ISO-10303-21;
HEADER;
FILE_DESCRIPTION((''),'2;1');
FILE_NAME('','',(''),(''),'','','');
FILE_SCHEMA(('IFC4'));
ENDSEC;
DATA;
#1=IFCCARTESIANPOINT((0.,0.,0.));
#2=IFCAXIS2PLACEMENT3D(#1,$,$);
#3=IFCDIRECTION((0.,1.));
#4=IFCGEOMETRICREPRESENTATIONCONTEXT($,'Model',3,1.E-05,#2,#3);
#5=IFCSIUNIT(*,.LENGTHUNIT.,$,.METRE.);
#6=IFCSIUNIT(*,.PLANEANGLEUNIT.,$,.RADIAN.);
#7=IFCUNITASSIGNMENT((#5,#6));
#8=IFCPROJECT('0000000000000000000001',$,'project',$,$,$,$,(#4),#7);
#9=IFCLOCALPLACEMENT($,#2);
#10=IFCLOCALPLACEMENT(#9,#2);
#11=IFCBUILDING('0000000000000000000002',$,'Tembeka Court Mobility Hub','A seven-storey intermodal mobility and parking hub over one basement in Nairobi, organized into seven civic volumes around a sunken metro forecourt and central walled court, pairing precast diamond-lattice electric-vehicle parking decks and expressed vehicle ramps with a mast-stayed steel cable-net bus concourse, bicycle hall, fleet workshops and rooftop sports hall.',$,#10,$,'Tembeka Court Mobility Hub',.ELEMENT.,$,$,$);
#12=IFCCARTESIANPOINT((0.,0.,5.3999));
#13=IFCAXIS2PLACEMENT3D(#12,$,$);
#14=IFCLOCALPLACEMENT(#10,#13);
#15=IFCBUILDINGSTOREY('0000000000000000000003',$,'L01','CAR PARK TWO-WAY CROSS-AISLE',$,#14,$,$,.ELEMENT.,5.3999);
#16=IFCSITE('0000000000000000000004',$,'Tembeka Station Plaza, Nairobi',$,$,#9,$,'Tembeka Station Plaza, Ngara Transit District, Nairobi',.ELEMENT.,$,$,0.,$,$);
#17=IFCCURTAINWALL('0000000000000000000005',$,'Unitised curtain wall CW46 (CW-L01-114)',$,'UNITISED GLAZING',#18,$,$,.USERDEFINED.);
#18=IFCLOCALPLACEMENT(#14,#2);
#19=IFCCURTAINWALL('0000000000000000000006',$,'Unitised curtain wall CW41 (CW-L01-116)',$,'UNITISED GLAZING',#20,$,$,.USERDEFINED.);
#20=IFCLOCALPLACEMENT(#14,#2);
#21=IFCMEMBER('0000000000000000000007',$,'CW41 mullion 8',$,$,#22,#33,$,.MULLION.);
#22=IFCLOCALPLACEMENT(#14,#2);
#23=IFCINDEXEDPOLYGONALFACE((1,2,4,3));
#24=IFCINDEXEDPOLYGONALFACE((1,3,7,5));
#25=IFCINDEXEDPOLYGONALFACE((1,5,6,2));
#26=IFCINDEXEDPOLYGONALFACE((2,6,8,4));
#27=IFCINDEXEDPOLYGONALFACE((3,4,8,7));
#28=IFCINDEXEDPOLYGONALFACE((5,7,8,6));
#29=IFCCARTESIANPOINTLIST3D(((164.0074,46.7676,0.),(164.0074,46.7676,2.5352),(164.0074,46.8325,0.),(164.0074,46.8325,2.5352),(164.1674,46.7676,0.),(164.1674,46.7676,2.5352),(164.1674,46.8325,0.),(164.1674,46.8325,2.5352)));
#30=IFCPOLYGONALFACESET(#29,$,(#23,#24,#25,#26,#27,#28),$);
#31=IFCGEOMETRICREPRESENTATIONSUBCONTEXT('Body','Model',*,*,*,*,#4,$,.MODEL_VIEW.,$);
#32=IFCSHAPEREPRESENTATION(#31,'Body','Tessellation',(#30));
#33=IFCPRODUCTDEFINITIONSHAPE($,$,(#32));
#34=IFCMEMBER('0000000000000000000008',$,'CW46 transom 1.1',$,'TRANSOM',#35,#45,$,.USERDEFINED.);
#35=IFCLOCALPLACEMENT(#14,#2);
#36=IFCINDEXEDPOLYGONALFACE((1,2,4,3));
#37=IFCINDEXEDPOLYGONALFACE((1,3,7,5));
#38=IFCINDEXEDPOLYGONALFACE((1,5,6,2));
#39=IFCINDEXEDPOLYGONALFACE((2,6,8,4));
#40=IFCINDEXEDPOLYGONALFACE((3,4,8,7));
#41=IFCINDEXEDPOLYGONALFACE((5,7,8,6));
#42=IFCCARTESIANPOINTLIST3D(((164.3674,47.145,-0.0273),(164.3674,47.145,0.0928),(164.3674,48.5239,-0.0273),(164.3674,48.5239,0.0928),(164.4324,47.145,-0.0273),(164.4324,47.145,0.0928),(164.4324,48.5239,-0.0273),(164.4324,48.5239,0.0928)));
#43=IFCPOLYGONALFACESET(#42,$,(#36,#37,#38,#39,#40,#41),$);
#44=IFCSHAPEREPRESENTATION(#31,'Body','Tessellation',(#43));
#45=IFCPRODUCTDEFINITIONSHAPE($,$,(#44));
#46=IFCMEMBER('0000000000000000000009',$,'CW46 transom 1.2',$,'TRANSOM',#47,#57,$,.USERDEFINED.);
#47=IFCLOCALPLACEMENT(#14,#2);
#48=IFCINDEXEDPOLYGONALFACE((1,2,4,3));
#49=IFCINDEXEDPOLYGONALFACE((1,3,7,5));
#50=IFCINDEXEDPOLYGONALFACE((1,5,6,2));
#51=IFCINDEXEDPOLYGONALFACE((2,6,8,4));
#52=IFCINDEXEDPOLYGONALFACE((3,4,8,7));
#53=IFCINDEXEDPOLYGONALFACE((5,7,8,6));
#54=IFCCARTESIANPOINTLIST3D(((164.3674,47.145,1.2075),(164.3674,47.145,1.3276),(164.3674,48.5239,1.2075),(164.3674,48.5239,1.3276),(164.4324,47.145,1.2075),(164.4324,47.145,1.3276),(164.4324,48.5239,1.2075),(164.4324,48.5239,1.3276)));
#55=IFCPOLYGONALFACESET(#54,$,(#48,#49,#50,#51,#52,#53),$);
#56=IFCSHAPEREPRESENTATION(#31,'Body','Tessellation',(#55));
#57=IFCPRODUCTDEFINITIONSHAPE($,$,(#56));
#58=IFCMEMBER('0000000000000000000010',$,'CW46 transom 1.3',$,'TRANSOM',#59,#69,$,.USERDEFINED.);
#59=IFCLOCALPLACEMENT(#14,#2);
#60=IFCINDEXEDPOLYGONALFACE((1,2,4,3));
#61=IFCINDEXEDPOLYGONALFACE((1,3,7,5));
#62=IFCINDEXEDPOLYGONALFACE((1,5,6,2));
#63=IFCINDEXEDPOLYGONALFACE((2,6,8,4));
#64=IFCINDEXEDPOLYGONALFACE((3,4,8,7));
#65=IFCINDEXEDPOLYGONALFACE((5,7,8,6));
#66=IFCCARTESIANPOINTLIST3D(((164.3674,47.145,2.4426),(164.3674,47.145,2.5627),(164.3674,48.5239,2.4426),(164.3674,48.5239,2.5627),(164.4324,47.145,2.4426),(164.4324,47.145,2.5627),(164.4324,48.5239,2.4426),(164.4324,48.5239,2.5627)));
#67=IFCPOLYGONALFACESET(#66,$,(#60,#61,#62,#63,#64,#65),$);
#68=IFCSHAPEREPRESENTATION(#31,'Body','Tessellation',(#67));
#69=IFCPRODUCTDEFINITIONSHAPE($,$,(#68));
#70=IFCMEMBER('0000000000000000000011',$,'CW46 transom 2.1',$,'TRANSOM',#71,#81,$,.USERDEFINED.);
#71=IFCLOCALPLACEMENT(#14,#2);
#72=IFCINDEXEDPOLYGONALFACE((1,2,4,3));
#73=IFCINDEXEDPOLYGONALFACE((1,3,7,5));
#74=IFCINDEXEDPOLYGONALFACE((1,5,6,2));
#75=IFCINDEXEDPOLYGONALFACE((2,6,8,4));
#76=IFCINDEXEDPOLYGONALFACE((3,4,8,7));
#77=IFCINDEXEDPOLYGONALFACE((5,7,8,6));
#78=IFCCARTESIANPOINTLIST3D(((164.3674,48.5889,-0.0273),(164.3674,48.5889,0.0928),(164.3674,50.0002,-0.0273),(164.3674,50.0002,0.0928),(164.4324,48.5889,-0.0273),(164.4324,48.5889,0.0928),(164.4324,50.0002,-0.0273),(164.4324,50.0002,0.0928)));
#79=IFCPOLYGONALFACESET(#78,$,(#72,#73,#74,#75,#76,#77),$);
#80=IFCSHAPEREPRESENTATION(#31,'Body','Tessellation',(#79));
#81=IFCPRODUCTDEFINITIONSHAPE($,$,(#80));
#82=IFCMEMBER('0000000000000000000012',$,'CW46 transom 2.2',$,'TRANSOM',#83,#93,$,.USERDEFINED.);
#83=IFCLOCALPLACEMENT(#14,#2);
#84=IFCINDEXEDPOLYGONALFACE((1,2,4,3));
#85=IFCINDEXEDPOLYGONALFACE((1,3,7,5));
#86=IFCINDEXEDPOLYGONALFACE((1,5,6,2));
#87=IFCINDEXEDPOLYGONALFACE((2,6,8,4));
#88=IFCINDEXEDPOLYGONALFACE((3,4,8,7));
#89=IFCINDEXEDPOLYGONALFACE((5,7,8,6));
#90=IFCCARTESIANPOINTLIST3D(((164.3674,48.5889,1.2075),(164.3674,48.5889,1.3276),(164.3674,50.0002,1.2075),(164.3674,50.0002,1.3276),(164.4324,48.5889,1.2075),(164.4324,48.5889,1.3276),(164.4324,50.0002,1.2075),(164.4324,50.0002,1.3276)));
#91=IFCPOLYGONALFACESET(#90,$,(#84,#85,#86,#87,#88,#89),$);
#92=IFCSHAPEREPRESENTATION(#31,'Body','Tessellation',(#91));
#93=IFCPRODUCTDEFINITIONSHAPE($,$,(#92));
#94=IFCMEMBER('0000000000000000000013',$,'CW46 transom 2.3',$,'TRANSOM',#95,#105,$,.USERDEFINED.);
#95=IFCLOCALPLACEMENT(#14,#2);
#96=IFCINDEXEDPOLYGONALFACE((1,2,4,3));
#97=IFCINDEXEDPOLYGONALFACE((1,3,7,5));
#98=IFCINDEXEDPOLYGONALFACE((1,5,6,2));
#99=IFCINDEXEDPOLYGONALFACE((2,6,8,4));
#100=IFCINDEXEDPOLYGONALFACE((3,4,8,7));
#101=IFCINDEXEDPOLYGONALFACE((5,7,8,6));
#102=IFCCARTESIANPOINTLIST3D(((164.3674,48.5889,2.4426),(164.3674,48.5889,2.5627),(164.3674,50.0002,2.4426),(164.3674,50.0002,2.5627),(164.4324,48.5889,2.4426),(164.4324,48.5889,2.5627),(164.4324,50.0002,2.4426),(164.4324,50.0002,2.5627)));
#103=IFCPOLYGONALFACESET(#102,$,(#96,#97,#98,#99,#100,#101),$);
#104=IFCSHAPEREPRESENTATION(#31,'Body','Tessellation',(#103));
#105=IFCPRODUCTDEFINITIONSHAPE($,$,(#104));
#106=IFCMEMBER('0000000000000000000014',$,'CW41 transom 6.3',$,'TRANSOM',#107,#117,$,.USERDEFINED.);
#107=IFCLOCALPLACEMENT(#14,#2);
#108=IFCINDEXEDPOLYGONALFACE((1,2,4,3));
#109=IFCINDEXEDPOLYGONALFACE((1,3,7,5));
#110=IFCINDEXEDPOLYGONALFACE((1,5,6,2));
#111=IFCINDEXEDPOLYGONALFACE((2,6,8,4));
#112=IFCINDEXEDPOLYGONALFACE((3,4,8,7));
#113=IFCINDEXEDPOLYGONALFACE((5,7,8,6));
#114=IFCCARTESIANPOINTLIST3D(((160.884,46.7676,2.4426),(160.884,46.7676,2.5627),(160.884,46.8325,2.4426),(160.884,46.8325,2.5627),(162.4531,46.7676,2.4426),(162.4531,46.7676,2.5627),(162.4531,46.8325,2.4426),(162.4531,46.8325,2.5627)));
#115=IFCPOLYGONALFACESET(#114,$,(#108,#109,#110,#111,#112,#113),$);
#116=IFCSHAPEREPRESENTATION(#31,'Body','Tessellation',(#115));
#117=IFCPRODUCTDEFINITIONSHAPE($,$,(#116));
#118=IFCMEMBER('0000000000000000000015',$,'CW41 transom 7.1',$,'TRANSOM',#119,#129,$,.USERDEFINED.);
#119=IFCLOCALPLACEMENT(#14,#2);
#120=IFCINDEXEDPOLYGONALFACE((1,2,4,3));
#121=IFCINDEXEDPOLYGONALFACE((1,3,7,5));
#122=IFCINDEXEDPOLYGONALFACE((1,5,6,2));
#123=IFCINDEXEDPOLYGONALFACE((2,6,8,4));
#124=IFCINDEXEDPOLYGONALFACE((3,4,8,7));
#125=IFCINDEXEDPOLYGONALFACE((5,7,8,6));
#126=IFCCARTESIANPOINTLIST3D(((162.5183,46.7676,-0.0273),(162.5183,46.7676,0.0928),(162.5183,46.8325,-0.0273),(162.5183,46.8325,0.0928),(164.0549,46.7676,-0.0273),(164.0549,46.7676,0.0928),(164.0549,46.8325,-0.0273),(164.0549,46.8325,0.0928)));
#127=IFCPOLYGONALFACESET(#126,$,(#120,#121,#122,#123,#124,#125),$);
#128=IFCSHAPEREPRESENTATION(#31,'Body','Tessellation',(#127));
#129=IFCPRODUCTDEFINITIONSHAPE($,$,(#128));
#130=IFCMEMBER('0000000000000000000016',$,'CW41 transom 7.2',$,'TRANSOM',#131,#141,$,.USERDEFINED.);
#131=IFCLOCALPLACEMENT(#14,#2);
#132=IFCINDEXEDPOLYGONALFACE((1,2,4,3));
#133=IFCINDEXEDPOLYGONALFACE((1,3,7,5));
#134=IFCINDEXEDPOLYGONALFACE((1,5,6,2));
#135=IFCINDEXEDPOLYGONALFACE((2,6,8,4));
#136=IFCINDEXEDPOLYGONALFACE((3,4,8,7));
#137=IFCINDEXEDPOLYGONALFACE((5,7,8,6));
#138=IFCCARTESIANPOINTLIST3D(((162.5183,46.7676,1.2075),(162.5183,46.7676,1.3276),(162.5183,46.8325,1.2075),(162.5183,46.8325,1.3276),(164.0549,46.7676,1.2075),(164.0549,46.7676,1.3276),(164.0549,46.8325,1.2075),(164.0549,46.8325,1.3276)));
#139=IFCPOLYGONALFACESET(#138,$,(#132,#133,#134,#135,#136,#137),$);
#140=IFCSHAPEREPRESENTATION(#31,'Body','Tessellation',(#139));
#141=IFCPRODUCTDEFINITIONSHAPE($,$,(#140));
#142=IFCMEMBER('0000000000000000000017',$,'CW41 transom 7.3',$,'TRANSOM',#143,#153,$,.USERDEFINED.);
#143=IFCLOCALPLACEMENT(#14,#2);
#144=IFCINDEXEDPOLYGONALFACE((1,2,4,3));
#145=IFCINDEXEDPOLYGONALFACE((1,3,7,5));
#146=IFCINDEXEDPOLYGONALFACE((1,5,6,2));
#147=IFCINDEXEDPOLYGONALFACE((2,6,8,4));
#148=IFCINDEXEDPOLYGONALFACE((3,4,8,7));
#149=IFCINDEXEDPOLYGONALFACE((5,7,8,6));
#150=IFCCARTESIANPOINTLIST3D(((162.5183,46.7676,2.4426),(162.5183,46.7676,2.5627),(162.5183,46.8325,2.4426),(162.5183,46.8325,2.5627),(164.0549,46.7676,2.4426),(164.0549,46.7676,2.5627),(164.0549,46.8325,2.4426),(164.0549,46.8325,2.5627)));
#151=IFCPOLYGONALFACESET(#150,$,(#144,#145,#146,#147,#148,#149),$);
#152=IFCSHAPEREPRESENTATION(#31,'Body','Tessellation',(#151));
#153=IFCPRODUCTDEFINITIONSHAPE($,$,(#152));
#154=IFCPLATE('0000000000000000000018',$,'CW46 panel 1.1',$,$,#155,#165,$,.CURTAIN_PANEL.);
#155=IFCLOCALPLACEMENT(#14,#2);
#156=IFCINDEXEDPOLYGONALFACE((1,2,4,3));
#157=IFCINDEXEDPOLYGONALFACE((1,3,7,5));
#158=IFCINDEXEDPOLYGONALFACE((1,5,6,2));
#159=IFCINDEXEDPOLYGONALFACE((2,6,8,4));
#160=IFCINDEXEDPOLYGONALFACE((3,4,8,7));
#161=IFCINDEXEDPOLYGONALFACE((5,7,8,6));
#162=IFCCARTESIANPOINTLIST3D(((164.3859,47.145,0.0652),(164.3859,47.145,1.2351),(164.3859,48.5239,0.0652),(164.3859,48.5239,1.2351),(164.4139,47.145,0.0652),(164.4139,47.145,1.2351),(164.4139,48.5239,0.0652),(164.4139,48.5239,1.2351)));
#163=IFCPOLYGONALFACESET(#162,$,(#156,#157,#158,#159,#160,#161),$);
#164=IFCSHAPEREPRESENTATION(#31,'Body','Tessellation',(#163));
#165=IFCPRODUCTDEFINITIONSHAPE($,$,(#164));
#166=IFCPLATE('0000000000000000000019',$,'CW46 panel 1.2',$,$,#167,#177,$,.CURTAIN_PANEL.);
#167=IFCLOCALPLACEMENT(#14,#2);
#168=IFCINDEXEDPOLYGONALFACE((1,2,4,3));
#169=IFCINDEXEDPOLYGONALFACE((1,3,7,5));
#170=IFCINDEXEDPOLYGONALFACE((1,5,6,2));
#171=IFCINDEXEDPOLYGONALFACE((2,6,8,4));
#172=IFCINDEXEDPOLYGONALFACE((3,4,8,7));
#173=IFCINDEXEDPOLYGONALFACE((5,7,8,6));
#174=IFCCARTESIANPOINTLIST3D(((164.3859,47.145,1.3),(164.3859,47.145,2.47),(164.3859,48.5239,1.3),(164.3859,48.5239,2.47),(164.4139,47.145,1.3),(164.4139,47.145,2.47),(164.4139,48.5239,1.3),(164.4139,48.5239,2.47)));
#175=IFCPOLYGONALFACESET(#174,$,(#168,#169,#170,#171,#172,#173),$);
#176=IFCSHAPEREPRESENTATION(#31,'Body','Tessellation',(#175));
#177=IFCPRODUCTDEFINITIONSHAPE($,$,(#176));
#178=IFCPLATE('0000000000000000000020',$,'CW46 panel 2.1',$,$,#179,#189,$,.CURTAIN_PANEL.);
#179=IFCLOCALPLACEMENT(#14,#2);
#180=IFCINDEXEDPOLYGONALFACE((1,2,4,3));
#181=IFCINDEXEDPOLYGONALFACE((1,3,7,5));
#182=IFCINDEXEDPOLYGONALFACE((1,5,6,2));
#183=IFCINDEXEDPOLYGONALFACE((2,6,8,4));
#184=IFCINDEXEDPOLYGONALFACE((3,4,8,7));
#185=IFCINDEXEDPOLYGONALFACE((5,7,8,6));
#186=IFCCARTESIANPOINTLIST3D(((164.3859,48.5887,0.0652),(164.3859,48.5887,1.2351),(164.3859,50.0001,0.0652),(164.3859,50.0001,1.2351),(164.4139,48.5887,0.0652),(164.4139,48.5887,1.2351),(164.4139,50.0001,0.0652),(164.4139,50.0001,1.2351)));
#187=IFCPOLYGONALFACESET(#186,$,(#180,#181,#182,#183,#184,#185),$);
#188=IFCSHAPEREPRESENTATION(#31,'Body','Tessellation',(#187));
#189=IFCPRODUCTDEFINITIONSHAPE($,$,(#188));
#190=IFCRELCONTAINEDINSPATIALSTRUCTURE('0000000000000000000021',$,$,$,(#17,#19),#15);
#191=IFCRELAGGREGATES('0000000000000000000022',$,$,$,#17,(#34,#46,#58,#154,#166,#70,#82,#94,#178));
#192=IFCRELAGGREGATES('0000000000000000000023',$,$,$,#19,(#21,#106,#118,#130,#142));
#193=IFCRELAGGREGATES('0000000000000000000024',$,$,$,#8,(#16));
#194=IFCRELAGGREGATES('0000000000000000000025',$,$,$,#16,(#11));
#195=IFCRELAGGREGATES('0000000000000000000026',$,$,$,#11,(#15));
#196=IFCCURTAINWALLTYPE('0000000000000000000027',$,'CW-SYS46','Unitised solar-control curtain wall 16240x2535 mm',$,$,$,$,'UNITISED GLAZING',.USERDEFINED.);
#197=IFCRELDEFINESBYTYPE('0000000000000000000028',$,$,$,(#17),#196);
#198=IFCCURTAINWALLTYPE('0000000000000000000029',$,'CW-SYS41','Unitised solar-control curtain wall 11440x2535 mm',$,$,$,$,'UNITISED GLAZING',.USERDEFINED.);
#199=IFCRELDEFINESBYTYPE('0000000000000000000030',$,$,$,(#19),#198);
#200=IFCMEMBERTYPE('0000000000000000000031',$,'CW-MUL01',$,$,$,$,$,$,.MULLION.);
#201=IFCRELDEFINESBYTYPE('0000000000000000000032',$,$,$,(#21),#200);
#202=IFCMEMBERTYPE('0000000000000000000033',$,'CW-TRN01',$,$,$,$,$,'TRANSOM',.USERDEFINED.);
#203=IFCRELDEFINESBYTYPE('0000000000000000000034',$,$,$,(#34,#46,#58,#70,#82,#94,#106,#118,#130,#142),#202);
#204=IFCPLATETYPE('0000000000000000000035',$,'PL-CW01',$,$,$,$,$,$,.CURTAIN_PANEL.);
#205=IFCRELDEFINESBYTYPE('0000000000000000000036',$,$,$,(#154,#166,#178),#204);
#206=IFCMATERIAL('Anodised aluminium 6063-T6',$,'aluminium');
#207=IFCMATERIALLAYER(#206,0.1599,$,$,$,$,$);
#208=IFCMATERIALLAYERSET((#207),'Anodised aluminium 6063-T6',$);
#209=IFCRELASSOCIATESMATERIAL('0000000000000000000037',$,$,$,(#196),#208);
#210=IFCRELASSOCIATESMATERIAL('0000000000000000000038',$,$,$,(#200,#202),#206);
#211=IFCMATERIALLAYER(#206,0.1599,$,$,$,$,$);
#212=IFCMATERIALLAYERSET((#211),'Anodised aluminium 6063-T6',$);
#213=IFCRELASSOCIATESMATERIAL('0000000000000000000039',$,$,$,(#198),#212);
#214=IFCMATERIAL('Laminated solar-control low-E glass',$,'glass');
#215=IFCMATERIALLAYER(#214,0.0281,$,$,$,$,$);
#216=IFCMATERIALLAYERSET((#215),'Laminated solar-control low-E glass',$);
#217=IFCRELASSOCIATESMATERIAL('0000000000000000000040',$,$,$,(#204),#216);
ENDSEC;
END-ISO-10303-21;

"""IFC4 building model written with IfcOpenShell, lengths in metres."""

from ifc_helpers import new_model, si_unit, direction, frame, origin, origin_2d, place, context, subcontext, project, spatial, rectangle, extrude, material, layer, layer_set, material_profile, profile_set, type_object, element, aggregate, save


model = new_model("IFC4")

# Units and contexts
model_context = context("Model", 3, precision=1e-05, world=origin(), true_north=direction((0.0, 1.0)))
body_context = subcontext(model_context, "Body", "Model", "MODEL_VIEW")
ifc_project = project(units=[si_unit("LENGTHUNIT", "METRE"), si_unit("PLANEANGLEUNIT", "RADIAN")], contexts=[model_context])

# Site, building, storey
site_placement = place(None, origin())
site = spatial("IfcSite", under=ifc_project, at=site_placement, Name="Tembeka Station Plaza, Nairobi", LongName="Tembeka Station Plaza, Ngara Transit District, Nairobi", CompositionType="ELEMENT", RefElevation=0.0)
building_placement = place(site_placement, origin())
building = spatial("IfcBuilding", under=site, at=building_placement, Name="Tembeka Court Mobility Hub", Description="A seven-storey intermodal mobility and parking hub over one basement in Nairobi, organized into seven civic volumes around a sunken metro forecourt and central walled court, pairing precast diamond-lattice electric-vehicle parking decks and expressed vehicle ramps with a mast-stayed steel cable-net bus concourse, bicycle hall, fleet workshops and rooftop sports hall.", LongName="Tembeka Court Mobility Hub", CompositionType="ELEMENT")
storey_placement = place(building_placement, frame((0.0, 0.0, 5.3999)))
storey = spatial("IfcBuildingStorey", under=building, at=storey_placement, Name="L01", Description="CAR PARK TWO-WAY CROSS-AISLE", CompositionType="ELEMENT", Elevation=5.3999)

# Curtain walls, member
ifc_material_1 = material(Name="Anodised aluminium 6063-T6", Category="aluminium")
ifc_layer_1 = layer(ifc_material_1, 0.1599)
ifc_layer_set_1 = layer_set([ifc_layer_1], Name="Anodised aluminium 6063-T6")
curtain_wall_type_1 = type_object("IfcCurtainWallType", Name="CW-SYS46", Description="Unitised solar-control curtain wall 16240x2535 mm", ElementType="UNITISED GLAZING", PredefinedType="USERDEFINED", material=ifc_layer_set_1)
curtain_wall_1_placement = place(storey_placement, origin())
curtain_wall_1 = element("IfcCurtainWall", 1, at=curtain_wall_1_placement, inside=storey, type_object=curtain_wall_type_1, Name="Unitised curtain wall CW46 (CW-L01-114)", ObjectType="UNITISED GLAZING", PredefinedType="USERDEFINED")
ifc_material_profile_1 = material_profile(ifc_material_1, rectangle(XDim=0.0649, YDim=0.1599, at=origin_2d()), Name="ALU-MUL 65x160")
ifc_profile_set_1 = profile_set([ifc_material_profile_1], Name="Anodised aluminium 6063-T6")
member_type_1 = type_object("IfcMemberType", Name="CW-MUL01", PredefinedType="MULLION", material=ifc_profile_set_1)
ifc_layer_2 = layer(ifc_material_1, 0.1599)
ifc_layer_set_2 = layer_set([ifc_layer_2], Name="Anodised aluminium 6063-T6")
curtain_wall_type_2 = type_object("IfcCurtainWallType", Name="CW-SYS41", Description="Unitised solar-control curtain wall 11440x2535 mm", ElementType="UNITISED GLAZING", PredefinedType="USERDEFINED", material=ifc_layer_set_2)
curtain_wall_2_placement = place(storey_placement, origin())
curtain_wall_2 = element("IfcCurtainWall", 2, at=curtain_wall_2_placement, inside=storey, type_object=curtain_wall_type_2, Name="Unitised curtain wall CW41 (CW-L01-116)", ObjectType="UNITISED GLAZING", PredefinedType="USERDEFINED")
member_1_placement = place(storey_placement, frame((164.0874, 46.8, 0.0), z_axis=(0.0, 0.0, 1.0), x_axis=(0.0, 1.0, 0.0)))
member_1 = element("IfcMember", 3, at=member_1_placement, type_object=member_type_1, Name="CW41 mullion 8", PredefinedType="MULLION", context=body_context, shape_type="SweptSolid", body=[
    extrude(rectangle(XDim=0.0649, YDim=0.1599, at=origin_2d()), origin(), (0.0, 0.0, 1.0), 2.5352),
])

# Members
ifc_material_profile_2 = material_profile(ifc_material_1, rectangle(XDim=0.0649, YDim=0.1201, at=origin_2d()), Name="ALU-TRN 65x120")
ifc_profile_set_2 = profile_set([ifc_material_profile_2], Name="Anodised aluminium 6063-T6")
member_type_2 = type_object("IfcMemberType", Name="CW-TRN01", ElementType="TRANSOM", PredefinedType="USERDEFINED", material=ifc_profile_set_2)
member_2_placement = place(storey_placement, frame((164.3999, 47.145, 0.0327), z_axis=(0.0, 1.0, 0.0), x_axis=(-1.0, 0.0, 0.0)))
member_2 = element("IfcMember", 4, at=member_2_placement, type_object=member_type_2, Name="CW46 transom 1.1", ObjectType="TRANSOM", PredefinedType="USERDEFINED", context=body_context, shape_type="SweptSolid", body=[
    extrude(rectangle(XDim=0.0649, YDim=0.1201, at=origin_2d()), origin(), (0.0, 0.0, 1.0), 1.3789),
])
member_3_placement = place(storey_placement, frame((164.3999, 47.145, 1.2676), z_axis=(0.0, 1.0, 0.0), x_axis=(-1.0, 0.0, 0.0)))
member_3 = element("IfcMember", 5, at=member_3_placement, type_object=member_type_2, Name="CW46 transom 1.2", ObjectType="TRANSOM", PredefinedType="USERDEFINED", context=body_context, shape_type="SweptSolid", body=[
    extrude(rectangle(XDim=0.0649, YDim=0.1201, at=origin_2d()), origin(), (0.0, 0.0, 1.0), 1.3789),
])
member_4_placement = place(storey_placement, frame((164.3999, 47.145, 2.5027), z_axis=(0.0, 1.0, 0.0), x_axis=(-1.0, 0.0, 0.0)))
member_4 = element("IfcMember", 6, at=member_4_placement, type_object=member_type_2, Name="CW46 transom 1.3", ObjectType="TRANSOM", PredefinedType="USERDEFINED", context=body_context, shape_type="SweptSolid", body=[
    extrude(rectangle(XDim=0.0649, YDim=0.1201, at=origin_2d()), origin(), (0.0, 0.0, 1.0), 1.3789),
])
member_5_placement = place(storey_placement, frame((164.3999, 48.5889, 0.0327), z_axis=(0.0, 1.0, 0.0), x_axis=(-1.0, 0.0, 0.0)))
member_5 = element("IfcMember", 7, at=member_5_placement, type_object=member_type_2, Name="CW46 transom 2.1", ObjectType="TRANSOM", PredefinedType="USERDEFINED", context=body_context, shape_type="SweptSolid", body=[
    extrude(rectangle(XDim=0.0649, YDim=0.1201, at=origin_2d()), origin(), (0.0, 0.0, 1.0), 1.4114),
])
member_6_placement = place(storey_placement, frame((164.3999, 48.5889, 1.2676), z_axis=(0.0, 1.0, 0.0), x_axis=(-1.0, 0.0, 0.0)))
member_6 = element("IfcMember", 8, at=member_6_placement, type_object=member_type_2, Name="CW46 transom 2.2", ObjectType="TRANSOM", PredefinedType="USERDEFINED", context=body_context, shape_type="SweptSolid", body=[
    extrude(rectangle(XDim=0.0649, YDim=0.1201, at=origin_2d()), origin(), (0.0, 0.0, 1.0), 1.4114),
])
member_7_placement = place(storey_placement, frame((164.3999, 48.5889, 2.5027), z_axis=(0.0, 1.0, 0.0), x_axis=(-1.0, 0.0, 0.0)))
member_7 = element("IfcMember", 9, at=member_7_placement, type_object=member_type_2, Name="CW46 transom 2.3", ObjectType="TRANSOM", PredefinedType="USERDEFINED", context=body_context, shape_type="SweptSolid", body=[
    extrude(rectangle(XDim=0.0649, YDim=0.1201, at=origin_2d()), origin(), (0.0, 0.0, 1.0), 1.4114),
])
member_8_placement = place(storey_placement, frame((160.884, 46.8, 2.5027), z_axis=(1.0, 0.0, 0.0), x_axis=(0.0, 1.0, 0.0)))
member_8 = element("IfcMember", 10, at=member_8_placement, type_object=member_type_2, Name="CW41 transom 6.3", ObjectType="TRANSOM", PredefinedType="USERDEFINED", context=body_context, shape_type="SweptSolid", body=[
    extrude(rectangle(XDim=0.0649, YDim=0.1201, at=origin_2d()), origin(), (0.0, 0.0, 1.0), 1.5691),
])
member_9_placement = place(storey_placement, frame((162.5183, 46.8, 0.0327), z_axis=(1.0, 0.0, 0.0), x_axis=(0.0, 1.0, 0.0)))
member_9 = element("IfcMember", 11, at=member_9_placement, type_object=member_type_2, Name="CW41 transom 7.1", ObjectType="TRANSOM", PredefinedType="USERDEFINED", context=body_context, shape_type="SweptSolid", body=[
    extrude(rectangle(XDim=0.0649, YDim=0.1201, at=origin_2d()), origin(), (0.0, 0.0, 1.0), 1.5366),
])
member_10_placement = place(storey_placement, frame((162.5183, 46.8, 1.2676), z_axis=(1.0, 0.0, 0.0), x_axis=(0.0, 1.0, 0.0)))
member_10 = element("IfcMember", 12, at=member_10_placement, type_object=member_type_2, Name="CW41 transom 7.2", ObjectType="TRANSOM", PredefinedType="USERDEFINED", context=body_context, shape_type="SweptSolid", body=[
    extrude(rectangle(XDim=0.0649, YDim=0.1201, at=origin_2d()), origin(), (0.0, 0.0, 1.0), 1.5366),
])
member_11_placement = place(storey_placement, frame((162.5183, 46.8, 2.5027), z_axis=(1.0, 0.0, 0.0), x_axis=(0.0, 1.0, 0.0)))
member_11 = element("IfcMember", 13, at=member_11_placement, type_object=member_type_2, Name="CW41 transom 7.3", ObjectType="TRANSOM", PredefinedType="USERDEFINED", context=body_context, shape_type="SweptSolid", body=[
    extrude(rectangle(XDim=0.0649, YDim=0.1201, at=origin_2d()), origin(), (0.0, 0.0, 1.0), 1.5366),
])

# Plates
ifc_material_2 = material(Name="Laminated solar-control low-E glass", Category="glass")
ifc_layer_3 = layer(ifc_material_2, 0.0281)
ifc_layer_set_3 = layer_set([ifc_layer_3], Name="Laminated solar-control low-E glass")
plate_type_1 = type_object("IfcPlateType", Name="PL-CW01", PredefinedType="CURTAIN_PANEL", material=ifc_layer_set_3)
plate_1_placement = place(storey_placement, frame((164.3999, 47.8345, 0.0652), z_axis=(0.0, 0.0, 1.0), x_axis=(0.0, 1.0, 0.0)))
plate_1 = element("IfcPlate", 14, at=plate_1_placement, type_object=plate_type_1, Name="CW46 panel 1.1", PredefinedType="CURTAIN_PANEL", context=body_context, shape_type="SweptSolid", body=[
    extrude(rectangle(XDim=1.3789, YDim=0.0281, at=origin_2d()), origin(), (0.0, 0.0, 1.0), 1.1699),
])
plate_2_placement = place(storey_placement, frame((164.3999, 47.8345, 1.3), z_axis=(0.0, 0.0, 1.0), x_axis=(0.0, 1.0, 0.0)))
plate_2 = element("IfcPlate", 15, at=plate_2_placement, type_object=plate_type_1, Name="CW46 panel 1.2", PredefinedType="CURTAIN_PANEL", context=body_context, shape_type="SweptSolid", body=[
    extrude(rectangle(XDim=1.3789, YDim=0.0281, at=origin_2d()), origin(), (0.0, 0.0, 1.0), 1.1699),
])
plate_3_placement = place(storey_placement, frame((164.3999, 49.2944, 0.0652), z_axis=(0.0, 0.0, 1.0), x_axis=(0.0, 1.0, 0.0)))
plate_3 = element("IfcPlate", 16, at=plate_3_placement, type_object=plate_type_1, Name="CW46 panel 2.1", PredefinedType="CURTAIN_PANEL", context=body_context, shape_type="SweptSolid", body=[
    extrude(rectangle(XDim=1.4114, YDim=0.0281, at=origin_2d()), origin(), (0.0, 0.0, 1.0), 1.1699),
])
aggregate(curtain_wall_1, [member_2, member_3, member_4, plate_1, plate_2, member_5, member_6, member_7, plate_3])
aggregate(curtain_wall_2, [member_1, member_8, member_9, member_10, member_11])

save(model, "model.ifc")
